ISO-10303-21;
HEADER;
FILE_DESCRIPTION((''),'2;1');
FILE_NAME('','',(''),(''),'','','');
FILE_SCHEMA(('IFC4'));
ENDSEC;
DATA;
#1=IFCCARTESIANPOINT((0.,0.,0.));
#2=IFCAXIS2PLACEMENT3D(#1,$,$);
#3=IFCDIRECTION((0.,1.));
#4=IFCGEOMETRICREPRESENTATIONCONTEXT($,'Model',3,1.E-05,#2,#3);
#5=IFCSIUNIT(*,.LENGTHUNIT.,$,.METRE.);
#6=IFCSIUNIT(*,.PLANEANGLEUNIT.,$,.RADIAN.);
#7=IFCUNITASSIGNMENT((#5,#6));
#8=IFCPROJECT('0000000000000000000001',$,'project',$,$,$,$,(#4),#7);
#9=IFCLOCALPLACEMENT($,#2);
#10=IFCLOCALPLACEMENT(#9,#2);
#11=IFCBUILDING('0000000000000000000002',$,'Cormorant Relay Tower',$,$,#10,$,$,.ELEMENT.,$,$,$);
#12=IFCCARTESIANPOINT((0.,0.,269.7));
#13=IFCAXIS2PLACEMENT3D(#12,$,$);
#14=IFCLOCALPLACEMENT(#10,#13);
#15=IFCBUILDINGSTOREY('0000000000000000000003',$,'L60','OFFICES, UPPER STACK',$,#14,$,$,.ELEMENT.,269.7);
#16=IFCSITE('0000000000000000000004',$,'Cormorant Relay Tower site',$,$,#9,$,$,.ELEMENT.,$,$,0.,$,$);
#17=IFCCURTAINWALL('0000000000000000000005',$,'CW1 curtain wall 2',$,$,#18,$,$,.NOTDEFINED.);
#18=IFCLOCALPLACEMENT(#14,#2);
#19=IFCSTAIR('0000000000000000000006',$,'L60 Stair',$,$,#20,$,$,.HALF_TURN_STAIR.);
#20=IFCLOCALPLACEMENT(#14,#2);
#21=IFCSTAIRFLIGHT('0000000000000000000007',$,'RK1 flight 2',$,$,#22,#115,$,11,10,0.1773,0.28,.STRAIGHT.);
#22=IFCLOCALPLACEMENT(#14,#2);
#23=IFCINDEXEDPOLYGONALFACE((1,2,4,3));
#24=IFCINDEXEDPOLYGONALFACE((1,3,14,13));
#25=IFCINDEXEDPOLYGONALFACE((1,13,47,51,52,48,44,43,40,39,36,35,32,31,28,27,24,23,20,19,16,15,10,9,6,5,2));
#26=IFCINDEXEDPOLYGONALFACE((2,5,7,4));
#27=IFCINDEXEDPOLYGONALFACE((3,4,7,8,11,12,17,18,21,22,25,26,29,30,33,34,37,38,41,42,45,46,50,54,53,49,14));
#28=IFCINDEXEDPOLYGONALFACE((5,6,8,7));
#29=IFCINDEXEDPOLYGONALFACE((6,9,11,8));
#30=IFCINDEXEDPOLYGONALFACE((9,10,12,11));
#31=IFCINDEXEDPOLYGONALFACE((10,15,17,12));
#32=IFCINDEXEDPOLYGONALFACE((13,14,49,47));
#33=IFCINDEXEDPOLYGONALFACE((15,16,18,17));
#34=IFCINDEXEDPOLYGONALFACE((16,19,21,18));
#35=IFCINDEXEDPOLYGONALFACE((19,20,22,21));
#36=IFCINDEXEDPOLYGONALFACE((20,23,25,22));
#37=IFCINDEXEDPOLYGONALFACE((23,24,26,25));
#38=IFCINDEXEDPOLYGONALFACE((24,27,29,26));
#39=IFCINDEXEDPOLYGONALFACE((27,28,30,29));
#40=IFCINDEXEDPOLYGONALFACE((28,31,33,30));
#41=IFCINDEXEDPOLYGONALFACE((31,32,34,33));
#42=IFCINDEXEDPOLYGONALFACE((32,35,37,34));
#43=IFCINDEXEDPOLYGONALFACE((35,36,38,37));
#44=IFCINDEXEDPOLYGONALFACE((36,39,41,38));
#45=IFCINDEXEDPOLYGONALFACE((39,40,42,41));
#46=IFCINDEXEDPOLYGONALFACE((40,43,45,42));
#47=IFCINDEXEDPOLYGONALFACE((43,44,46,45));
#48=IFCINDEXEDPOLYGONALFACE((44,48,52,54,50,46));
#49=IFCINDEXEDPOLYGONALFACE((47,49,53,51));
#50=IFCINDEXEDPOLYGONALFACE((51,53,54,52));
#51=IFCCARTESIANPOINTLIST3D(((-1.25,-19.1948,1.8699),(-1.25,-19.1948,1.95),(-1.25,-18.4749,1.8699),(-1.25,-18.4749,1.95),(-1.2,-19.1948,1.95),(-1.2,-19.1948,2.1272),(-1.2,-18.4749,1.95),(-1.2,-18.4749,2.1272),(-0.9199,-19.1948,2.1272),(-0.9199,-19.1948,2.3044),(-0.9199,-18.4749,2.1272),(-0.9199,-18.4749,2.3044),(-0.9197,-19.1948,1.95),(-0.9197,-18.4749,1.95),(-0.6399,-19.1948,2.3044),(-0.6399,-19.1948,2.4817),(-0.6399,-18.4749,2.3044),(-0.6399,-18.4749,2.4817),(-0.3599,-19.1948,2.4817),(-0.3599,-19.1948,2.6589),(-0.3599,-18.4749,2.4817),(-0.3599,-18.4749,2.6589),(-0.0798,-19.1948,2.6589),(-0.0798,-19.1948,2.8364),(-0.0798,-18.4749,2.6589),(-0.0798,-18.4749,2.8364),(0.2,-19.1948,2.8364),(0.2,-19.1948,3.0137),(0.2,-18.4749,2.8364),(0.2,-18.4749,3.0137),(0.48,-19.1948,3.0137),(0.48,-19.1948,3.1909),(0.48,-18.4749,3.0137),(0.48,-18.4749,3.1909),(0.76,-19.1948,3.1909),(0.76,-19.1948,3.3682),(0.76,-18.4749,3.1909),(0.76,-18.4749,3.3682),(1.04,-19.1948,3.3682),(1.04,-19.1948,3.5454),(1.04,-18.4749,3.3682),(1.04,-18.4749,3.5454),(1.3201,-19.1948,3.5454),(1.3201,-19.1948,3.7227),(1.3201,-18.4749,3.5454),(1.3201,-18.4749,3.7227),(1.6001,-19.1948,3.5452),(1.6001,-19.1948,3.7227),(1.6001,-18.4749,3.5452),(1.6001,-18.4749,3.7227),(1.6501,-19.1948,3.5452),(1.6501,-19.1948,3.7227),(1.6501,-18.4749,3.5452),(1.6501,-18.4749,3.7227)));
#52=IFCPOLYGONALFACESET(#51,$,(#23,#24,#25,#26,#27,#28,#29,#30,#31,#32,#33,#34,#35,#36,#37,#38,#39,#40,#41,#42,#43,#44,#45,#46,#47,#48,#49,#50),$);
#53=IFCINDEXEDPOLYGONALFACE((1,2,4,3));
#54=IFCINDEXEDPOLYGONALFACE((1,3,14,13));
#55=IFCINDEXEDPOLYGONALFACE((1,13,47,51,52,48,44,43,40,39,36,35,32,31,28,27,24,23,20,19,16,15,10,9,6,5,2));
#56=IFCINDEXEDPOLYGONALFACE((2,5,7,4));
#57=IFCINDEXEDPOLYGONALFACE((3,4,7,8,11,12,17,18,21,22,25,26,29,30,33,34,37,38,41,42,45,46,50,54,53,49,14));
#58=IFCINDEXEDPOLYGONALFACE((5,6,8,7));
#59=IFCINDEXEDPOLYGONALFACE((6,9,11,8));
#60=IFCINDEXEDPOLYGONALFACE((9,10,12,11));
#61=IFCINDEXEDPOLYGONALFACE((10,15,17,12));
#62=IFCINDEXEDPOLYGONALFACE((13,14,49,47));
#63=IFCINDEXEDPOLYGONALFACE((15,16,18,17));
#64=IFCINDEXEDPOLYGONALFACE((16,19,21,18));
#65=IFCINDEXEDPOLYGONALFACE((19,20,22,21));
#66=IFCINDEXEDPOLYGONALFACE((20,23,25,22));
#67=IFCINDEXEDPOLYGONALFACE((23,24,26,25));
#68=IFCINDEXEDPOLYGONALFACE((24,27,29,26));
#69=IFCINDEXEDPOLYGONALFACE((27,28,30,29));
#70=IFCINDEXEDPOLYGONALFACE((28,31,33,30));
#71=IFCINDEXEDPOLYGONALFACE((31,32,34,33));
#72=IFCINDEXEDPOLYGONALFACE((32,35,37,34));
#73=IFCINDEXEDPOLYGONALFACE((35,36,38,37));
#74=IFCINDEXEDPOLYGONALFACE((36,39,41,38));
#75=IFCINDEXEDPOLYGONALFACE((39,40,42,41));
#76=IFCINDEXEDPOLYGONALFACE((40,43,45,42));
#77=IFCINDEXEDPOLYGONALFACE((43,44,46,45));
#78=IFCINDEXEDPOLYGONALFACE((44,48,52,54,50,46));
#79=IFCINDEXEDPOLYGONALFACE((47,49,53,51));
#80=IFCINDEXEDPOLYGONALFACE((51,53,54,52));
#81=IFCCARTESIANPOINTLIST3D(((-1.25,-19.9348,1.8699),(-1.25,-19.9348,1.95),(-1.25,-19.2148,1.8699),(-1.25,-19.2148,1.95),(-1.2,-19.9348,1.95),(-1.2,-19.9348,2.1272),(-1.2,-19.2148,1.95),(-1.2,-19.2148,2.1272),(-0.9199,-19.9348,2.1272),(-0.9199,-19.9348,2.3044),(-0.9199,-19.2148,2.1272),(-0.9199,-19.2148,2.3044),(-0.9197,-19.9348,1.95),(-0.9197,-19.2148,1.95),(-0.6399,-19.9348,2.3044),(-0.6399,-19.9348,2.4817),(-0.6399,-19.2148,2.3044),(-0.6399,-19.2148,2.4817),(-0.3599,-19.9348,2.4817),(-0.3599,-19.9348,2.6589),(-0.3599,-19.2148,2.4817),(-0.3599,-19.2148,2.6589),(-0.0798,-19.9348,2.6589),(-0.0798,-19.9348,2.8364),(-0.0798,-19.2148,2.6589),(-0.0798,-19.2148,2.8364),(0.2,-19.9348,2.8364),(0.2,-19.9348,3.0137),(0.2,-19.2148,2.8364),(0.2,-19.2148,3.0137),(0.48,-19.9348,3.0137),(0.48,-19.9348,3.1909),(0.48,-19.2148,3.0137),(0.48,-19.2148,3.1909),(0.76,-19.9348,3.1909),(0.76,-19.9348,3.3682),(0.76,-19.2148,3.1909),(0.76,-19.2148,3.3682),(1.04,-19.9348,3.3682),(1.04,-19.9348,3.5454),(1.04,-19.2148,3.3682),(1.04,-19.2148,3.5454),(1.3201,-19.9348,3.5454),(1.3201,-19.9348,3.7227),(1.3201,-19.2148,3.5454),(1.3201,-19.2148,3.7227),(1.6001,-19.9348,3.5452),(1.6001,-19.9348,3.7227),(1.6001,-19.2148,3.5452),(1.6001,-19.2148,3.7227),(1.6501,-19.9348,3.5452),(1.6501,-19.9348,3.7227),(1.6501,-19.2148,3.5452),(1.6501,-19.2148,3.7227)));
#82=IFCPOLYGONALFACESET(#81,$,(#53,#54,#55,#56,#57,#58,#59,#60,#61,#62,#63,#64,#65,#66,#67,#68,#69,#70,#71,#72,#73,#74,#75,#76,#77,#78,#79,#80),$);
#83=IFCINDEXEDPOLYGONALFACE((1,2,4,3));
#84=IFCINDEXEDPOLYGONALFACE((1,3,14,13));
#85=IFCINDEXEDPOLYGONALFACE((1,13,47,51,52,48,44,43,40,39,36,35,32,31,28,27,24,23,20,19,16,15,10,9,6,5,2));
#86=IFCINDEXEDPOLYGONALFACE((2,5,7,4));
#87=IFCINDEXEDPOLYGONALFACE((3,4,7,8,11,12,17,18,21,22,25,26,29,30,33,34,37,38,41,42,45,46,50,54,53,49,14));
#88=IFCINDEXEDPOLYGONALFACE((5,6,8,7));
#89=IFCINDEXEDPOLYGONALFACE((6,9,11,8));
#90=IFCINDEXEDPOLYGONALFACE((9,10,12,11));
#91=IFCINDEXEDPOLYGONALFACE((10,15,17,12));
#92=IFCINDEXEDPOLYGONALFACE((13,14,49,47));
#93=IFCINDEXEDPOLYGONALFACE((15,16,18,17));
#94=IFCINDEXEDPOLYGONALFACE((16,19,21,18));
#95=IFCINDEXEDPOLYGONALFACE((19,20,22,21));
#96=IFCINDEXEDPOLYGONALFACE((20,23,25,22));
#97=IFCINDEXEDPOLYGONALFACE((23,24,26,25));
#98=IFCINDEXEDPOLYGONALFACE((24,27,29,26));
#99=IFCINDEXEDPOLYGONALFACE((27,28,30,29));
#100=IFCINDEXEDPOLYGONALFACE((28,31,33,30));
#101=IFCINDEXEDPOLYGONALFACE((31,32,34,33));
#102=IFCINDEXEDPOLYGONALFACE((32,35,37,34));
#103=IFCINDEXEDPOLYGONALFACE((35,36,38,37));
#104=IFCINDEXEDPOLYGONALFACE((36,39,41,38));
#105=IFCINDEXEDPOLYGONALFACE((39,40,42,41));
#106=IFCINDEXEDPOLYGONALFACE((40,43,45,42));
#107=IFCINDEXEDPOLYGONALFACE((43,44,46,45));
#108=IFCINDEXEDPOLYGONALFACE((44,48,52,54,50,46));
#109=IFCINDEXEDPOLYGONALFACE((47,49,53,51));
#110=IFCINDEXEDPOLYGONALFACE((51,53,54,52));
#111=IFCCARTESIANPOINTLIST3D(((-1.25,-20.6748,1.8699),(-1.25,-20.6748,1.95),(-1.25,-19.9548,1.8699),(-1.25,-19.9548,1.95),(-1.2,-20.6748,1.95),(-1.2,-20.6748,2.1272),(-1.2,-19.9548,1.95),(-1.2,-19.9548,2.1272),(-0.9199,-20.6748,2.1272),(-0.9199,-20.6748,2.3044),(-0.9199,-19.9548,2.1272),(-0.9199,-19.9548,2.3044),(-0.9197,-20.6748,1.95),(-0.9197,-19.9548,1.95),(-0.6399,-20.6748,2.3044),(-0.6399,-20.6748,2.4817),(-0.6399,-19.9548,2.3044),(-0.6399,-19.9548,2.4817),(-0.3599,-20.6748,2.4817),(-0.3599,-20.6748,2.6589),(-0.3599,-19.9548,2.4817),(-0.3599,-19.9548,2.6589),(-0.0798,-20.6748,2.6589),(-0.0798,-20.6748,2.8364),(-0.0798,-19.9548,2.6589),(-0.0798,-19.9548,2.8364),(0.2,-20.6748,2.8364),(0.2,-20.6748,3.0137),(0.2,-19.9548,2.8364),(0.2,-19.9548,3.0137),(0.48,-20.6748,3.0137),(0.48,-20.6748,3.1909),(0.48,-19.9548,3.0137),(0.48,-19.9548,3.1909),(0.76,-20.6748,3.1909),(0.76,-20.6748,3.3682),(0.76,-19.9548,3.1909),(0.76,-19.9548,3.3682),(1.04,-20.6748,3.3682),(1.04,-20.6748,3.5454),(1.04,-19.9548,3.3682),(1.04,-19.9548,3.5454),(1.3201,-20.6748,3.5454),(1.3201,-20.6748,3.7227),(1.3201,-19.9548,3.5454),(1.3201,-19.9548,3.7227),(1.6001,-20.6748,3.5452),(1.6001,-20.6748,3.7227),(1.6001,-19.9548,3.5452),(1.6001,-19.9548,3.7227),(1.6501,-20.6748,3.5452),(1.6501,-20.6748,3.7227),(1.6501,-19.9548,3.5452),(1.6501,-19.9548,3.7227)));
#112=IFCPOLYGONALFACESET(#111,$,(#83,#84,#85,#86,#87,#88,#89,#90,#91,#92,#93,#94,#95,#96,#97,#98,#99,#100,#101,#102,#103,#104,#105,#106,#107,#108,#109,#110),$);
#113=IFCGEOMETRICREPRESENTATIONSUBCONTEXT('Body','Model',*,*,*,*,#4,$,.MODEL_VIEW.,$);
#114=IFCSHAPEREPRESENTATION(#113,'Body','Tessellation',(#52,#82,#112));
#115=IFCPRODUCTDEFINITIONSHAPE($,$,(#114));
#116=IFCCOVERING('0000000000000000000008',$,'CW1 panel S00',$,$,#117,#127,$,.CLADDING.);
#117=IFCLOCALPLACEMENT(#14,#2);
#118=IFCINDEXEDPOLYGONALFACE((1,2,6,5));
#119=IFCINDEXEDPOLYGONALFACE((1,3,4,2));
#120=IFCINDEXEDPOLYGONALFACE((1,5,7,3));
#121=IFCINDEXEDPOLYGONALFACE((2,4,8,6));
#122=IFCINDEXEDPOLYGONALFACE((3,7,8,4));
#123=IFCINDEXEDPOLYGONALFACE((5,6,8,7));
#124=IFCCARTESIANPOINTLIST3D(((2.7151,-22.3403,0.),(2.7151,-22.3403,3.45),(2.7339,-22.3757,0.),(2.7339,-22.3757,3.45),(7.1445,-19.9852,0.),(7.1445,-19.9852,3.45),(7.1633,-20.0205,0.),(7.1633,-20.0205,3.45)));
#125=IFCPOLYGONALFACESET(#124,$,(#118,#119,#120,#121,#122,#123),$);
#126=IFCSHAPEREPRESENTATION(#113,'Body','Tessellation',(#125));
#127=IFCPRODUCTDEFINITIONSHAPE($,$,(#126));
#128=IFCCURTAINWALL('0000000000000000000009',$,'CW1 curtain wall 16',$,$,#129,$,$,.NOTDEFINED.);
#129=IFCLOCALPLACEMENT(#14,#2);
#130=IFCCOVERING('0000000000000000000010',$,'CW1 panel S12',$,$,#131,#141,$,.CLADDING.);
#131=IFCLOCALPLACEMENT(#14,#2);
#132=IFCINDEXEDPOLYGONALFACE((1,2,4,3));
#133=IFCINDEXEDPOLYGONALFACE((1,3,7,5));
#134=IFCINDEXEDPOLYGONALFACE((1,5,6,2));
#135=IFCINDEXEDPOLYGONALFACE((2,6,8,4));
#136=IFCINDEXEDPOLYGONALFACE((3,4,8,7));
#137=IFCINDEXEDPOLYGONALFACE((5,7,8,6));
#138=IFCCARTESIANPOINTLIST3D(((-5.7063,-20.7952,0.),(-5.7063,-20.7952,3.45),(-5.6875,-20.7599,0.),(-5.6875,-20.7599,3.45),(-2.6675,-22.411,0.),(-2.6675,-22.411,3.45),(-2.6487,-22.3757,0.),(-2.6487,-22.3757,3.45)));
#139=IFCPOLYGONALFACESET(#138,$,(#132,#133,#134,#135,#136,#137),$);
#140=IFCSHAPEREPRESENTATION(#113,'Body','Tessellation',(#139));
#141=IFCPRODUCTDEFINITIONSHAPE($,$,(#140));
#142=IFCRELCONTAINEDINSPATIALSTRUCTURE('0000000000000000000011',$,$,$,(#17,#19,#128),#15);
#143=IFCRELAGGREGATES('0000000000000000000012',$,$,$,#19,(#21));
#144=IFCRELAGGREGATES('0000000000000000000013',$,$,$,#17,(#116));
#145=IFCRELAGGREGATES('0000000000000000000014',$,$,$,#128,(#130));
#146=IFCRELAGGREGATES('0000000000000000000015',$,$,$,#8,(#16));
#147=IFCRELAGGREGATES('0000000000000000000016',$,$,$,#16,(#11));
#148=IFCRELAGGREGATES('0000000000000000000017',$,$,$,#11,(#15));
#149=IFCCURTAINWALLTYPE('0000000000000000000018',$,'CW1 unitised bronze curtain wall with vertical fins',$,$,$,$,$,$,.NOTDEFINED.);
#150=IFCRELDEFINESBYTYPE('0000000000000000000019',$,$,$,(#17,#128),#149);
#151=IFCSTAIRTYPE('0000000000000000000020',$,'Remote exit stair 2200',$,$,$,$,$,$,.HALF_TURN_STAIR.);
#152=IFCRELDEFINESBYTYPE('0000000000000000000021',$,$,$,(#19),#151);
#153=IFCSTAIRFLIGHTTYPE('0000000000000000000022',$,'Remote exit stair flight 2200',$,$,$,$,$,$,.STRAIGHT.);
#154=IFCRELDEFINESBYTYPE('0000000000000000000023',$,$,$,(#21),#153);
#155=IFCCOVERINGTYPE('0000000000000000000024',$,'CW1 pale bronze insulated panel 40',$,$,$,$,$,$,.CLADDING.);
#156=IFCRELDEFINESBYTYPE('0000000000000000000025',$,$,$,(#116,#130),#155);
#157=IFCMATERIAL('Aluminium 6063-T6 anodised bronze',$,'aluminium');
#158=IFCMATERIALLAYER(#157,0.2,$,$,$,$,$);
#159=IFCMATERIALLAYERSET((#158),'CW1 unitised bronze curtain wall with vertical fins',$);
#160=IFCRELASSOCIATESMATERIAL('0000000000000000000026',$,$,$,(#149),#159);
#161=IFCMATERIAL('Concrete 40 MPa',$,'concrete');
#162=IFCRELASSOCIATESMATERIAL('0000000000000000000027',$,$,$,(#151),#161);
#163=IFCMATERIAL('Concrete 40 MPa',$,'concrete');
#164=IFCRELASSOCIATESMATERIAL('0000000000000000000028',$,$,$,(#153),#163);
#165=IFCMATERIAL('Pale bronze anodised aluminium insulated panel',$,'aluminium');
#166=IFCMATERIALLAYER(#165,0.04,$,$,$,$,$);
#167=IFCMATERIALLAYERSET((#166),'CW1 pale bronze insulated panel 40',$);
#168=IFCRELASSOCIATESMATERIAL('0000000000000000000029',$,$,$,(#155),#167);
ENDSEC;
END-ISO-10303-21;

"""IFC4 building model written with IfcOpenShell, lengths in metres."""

from ifc_helpers import new_model, si_unit, direction, frame, origin, origin_2d, place, context, subcontext, project, spatial, polyline, rectangle, outline, extrude, material, layer, layer_set, type_object, element, aggregate, save


model = new_model("IFC4")

# Units and contexts
model_context = context("Model", 3, precision=1e-05, world=origin(), true_north=direction((0.0, 1.0)))
body_context = subcontext(model_context, "Body", "Model", "MODEL_VIEW")
ifc_project = project(units=[si_unit("LENGTHUNIT", "METRE"), si_unit("PLANEANGLEUNIT", "RADIAN")], contexts=[model_context])

# Site, building, storey
site_placement = place(None, origin())
site = spatial("IfcSite", under=ifc_project, at=site_placement, Name="Cormorant Relay Tower site", CompositionType="ELEMENT", RefElevation=0.0)
building_placement = place(site_placement, origin())
building = spatial("IfcBuilding", under=site, at=building_placement, Name="Cormorant Relay Tower", CompositionType="ELEMENT")
storey_placement = place(building_placement, frame((0.0, 0.0, 269.7)))
storey = spatial("IfcBuildingStorey", under=building, at=storey_placement, Name="L60", Description="OFFICES, UPPER STACK", CompositionType="ELEMENT", Elevation=269.7)

# Shared definitions
ifc_material_1 = material(Name="Aluminium 6063-T6 anodised bronze", Category="aluminium")
ifc_layer_1 = layer(ifc_material_1, 0.2)
ifc_layer_set_1 = layer_set([ifc_layer_1], Name="CW1 unitised bronze curtain wall with vertical fins")
curtain_wall_type = type_object("IfcCurtainWallType", Name="CW1 unitised bronze curtain wall with vertical fins", PredefinedType="NOTDEFINED", material=ifc_layer_set_1)

# Curtain wall
curtain_wall_1_placement = place(storey_placement, origin())
curtain_wall_1 = element("IfcCurtainWall", 1, at=curtain_wall_1_placement, inside=storey, type_object=curtain_wall_type, Name="CW1 curtain wall 2", PredefinedType="NOTDEFINED")

# Stair, stair flight
ifc_material_2 = material(Name="Concrete 40 MPa", Category="concrete")
stair_type = type_object("IfcStairType", Name="Remote exit stair 2200", PredefinedType="HALF_TURN_STAIR", material=ifc_material_2)
stair_placement = place(storey_placement, origin())
stair = element("IfcStair", 2, at=stair_placement, inside=storey, type_object=stair_type, Name="L60 Stair", PredefinedType="HALF_TURN_STAIR")
ifc_material_3 = material(Name="Concrete 40 MPa", Category="concrete")
stair_flight_type = type_object("IfcStairFlightType", Name="Remote exit stair flight 2200", PredefinedType="STRAIGHT", material=ifc_material_3)
stair_flight_placement = place(storey_placement, frame((-1.2, -19.575, 1.95), z_axis=(0.0, 0.0, 1.0), x_axis=(1.0, 0.0, 0.0)))
stair_flight = element("IfcStairFlight", 3, at=stair_flight_placement, type_object=stair_flight_type, Name="RK1 flight 2", NumberOfRisers=11, NumberOfTreads=10, PredefinedType="STRAIGHT", RiserHeight=0.1773, TreadLength=0.28, context=body_context, shape_type="SweptSolid", body=[
    extrude(outline(polyline([(-0.05, -0.0801), (-0.05, 0.0), (0.0, 0.0), (0.0, 0.1772), (0.28, 0.1772), (0.28, 0.3545), (0.5601, 0.3545), (0.5601, 0.5317), (0.8401, 0.5317), (0.8401, 0.709), (1.1201, 0.709), (1.1201, 0.8865), (1.3999, 0.8865), (1.3999, 1.0637), (1.6799, 1.0637), (1.6799, 1.241), (1.96, 1.241), (1.96, 1.4182), (2.24, 1.4182), (2.24, 1.5955), (2.52, 1.5955), (2.52, 1.7727), (2.8, 1.7727), (2.8501, 1.7727), (2.8501, 1.5952), (2.8, 1.5952), (0.2803, 0.0), (-0.05, -0.0801)])), frame((0.0, 1.1001, 0.0), z_axis=(0.0, -1.0, 0.0), x_axis=(1.0, 0.0, 0.0)), (0.0, 0.0, 1.0), 0.72),
    extrude(outline(polyline([(-0.05, -0.0801), (-0.05, 0.0), (0.0, 0.0), (0.0, 0.1772), (0.28, 0.1772), (0.28, 0.3545), (0.5601, 0.3545), (0.5601, 0.5317), (0.8401, 0.5317), (0.8401, 0.709), (1.1201, 0.709), (1.1201, 0.8865), (1.3999, 0.8865), (1.3999, 1.0637), (1.6799, 1.0637), (1.6799, 1.241), (1.96, 1.241), (1.96, 1.4182), (2.24, 1.4182), (2.24, 1.5955), (2.52, 1.5955), (2.52, 1.7727), (2.8, 1.7727), (2.8501, 1.7727), (2.8501, 1.5952), (2.8, 1.5952), (0.2803, 0.0), (-0.05, -0.0801)])), frame((0.0, 0.3601, 0.0), z_axis=(0.0, -1.0, 0.0), x_axis=(1.0, 0.0, 0.0)), (0.0, 0.0, 1.0), 0.72),
    extrude(outline(polyline([(-0.05, -0.0801), (-0.05, 0.0), (0.0, 0.0), (0.0, 0.1772), (0.28, 0.1772), (0.28, 0.3545), (0.5601, 0.3545), (0.5601, 0.5317), (0.8401, 0.5317), (0.8401, 0.709), (1.1201, 0.709), (1.1201, 0.8865), (1.3999, 0.8865), (1.3999, 1.0637), (1.6799, 1.0637), (1.6799, 1.241), (1.96, 1.241), (1.96, 1.4182), (2.24, 1.4182), (2.24, 1.5955), (2.52, 1.5955), (2.52, 1.7727), (2.8, 1.7727), (2.8501, 1.7727), (2.8501, 1.5952), (2.8, 1.5952), (0.2803, 0.0), (-0.05, -0.0801)])), frame((0.0, -0.3799, 0.0), z_axis=(0.0, -1.0, 0.0), x_axis=(1.0, 0.0, 0.0)), (0.0, 0.0, 1.0), 0.72),
])
aggregate(stair, [stair_flight])

# Covering
ifc_material_4 = material(Name="Pale bronze anodised aluminium insulated panel", Category="aluminium")
ifc_layer_2 = layer(ifc_material_4, 0.04)
ifc_layer_set_2 = layer_set([ifc_layer_2], Name="CW1 pale bronze insulated panel 40")
covering_type = type_object("IfcCoveringType", Name="CW1 pale bronze insulated panel 40", PredefinedType="CLADDING", material=ifc_layer_set_2)
covering_1_placement = place(storey_placement, frame((4.9392, -21.1804, 0.0), z_axis=(0.0, 0.0, 1.0), x_axis=(0.882948, 0.469472, 0.0)))
covering_1 = element("IfcCovering", 4, at=covering_1_placement, type_object=covering_type, Name="CW1 panel S00", PredefinedType="CLADDING", context=body_context, shape_type="SweptSolid", body=[
    extrude(rectangle(XDim=5.0166, YDim=0.04, at=origin_2d()), origin(), (0.0, 0.0, 1.0), 3.45),
])
aggregate(curtain_wall_1, [covering_1])

# Curtain wall, covering
curtain_wall_2_placement = place(storey_placement, origin())
curtain_wall_2 = element("IfcCurtainWall", 5, at=curtain_wall_2_placement, inside=storey, type_object=curtain_wall_type, Name="CW1 curtain wall 16", PredefinedType="NOTDEFINED")
covering_2_placement = place(storey_placement, frame((-4.1775, -21.5854, 0.0), z_axis=(0.0, 0.0, 1.0), x_axis=(0.882948, -0.469472, 0.0)))
covering_2 = element("IfcCovering", 6, at=covering_2_placement, type_object=covering_type, Name="CW1 panel S12", PredefinedType="CLADDING", context=body_context, shape_type="SweptSolid", body=[
    extrude(rectangle(XDim=3.4417, YDim=0.04, at=origin_2d()), origin(), (0.0, 0.0, 1.0), 3.45),
])
aggregate(curtain_wall_2, [covering_2])

save(model, "model.ifc")
